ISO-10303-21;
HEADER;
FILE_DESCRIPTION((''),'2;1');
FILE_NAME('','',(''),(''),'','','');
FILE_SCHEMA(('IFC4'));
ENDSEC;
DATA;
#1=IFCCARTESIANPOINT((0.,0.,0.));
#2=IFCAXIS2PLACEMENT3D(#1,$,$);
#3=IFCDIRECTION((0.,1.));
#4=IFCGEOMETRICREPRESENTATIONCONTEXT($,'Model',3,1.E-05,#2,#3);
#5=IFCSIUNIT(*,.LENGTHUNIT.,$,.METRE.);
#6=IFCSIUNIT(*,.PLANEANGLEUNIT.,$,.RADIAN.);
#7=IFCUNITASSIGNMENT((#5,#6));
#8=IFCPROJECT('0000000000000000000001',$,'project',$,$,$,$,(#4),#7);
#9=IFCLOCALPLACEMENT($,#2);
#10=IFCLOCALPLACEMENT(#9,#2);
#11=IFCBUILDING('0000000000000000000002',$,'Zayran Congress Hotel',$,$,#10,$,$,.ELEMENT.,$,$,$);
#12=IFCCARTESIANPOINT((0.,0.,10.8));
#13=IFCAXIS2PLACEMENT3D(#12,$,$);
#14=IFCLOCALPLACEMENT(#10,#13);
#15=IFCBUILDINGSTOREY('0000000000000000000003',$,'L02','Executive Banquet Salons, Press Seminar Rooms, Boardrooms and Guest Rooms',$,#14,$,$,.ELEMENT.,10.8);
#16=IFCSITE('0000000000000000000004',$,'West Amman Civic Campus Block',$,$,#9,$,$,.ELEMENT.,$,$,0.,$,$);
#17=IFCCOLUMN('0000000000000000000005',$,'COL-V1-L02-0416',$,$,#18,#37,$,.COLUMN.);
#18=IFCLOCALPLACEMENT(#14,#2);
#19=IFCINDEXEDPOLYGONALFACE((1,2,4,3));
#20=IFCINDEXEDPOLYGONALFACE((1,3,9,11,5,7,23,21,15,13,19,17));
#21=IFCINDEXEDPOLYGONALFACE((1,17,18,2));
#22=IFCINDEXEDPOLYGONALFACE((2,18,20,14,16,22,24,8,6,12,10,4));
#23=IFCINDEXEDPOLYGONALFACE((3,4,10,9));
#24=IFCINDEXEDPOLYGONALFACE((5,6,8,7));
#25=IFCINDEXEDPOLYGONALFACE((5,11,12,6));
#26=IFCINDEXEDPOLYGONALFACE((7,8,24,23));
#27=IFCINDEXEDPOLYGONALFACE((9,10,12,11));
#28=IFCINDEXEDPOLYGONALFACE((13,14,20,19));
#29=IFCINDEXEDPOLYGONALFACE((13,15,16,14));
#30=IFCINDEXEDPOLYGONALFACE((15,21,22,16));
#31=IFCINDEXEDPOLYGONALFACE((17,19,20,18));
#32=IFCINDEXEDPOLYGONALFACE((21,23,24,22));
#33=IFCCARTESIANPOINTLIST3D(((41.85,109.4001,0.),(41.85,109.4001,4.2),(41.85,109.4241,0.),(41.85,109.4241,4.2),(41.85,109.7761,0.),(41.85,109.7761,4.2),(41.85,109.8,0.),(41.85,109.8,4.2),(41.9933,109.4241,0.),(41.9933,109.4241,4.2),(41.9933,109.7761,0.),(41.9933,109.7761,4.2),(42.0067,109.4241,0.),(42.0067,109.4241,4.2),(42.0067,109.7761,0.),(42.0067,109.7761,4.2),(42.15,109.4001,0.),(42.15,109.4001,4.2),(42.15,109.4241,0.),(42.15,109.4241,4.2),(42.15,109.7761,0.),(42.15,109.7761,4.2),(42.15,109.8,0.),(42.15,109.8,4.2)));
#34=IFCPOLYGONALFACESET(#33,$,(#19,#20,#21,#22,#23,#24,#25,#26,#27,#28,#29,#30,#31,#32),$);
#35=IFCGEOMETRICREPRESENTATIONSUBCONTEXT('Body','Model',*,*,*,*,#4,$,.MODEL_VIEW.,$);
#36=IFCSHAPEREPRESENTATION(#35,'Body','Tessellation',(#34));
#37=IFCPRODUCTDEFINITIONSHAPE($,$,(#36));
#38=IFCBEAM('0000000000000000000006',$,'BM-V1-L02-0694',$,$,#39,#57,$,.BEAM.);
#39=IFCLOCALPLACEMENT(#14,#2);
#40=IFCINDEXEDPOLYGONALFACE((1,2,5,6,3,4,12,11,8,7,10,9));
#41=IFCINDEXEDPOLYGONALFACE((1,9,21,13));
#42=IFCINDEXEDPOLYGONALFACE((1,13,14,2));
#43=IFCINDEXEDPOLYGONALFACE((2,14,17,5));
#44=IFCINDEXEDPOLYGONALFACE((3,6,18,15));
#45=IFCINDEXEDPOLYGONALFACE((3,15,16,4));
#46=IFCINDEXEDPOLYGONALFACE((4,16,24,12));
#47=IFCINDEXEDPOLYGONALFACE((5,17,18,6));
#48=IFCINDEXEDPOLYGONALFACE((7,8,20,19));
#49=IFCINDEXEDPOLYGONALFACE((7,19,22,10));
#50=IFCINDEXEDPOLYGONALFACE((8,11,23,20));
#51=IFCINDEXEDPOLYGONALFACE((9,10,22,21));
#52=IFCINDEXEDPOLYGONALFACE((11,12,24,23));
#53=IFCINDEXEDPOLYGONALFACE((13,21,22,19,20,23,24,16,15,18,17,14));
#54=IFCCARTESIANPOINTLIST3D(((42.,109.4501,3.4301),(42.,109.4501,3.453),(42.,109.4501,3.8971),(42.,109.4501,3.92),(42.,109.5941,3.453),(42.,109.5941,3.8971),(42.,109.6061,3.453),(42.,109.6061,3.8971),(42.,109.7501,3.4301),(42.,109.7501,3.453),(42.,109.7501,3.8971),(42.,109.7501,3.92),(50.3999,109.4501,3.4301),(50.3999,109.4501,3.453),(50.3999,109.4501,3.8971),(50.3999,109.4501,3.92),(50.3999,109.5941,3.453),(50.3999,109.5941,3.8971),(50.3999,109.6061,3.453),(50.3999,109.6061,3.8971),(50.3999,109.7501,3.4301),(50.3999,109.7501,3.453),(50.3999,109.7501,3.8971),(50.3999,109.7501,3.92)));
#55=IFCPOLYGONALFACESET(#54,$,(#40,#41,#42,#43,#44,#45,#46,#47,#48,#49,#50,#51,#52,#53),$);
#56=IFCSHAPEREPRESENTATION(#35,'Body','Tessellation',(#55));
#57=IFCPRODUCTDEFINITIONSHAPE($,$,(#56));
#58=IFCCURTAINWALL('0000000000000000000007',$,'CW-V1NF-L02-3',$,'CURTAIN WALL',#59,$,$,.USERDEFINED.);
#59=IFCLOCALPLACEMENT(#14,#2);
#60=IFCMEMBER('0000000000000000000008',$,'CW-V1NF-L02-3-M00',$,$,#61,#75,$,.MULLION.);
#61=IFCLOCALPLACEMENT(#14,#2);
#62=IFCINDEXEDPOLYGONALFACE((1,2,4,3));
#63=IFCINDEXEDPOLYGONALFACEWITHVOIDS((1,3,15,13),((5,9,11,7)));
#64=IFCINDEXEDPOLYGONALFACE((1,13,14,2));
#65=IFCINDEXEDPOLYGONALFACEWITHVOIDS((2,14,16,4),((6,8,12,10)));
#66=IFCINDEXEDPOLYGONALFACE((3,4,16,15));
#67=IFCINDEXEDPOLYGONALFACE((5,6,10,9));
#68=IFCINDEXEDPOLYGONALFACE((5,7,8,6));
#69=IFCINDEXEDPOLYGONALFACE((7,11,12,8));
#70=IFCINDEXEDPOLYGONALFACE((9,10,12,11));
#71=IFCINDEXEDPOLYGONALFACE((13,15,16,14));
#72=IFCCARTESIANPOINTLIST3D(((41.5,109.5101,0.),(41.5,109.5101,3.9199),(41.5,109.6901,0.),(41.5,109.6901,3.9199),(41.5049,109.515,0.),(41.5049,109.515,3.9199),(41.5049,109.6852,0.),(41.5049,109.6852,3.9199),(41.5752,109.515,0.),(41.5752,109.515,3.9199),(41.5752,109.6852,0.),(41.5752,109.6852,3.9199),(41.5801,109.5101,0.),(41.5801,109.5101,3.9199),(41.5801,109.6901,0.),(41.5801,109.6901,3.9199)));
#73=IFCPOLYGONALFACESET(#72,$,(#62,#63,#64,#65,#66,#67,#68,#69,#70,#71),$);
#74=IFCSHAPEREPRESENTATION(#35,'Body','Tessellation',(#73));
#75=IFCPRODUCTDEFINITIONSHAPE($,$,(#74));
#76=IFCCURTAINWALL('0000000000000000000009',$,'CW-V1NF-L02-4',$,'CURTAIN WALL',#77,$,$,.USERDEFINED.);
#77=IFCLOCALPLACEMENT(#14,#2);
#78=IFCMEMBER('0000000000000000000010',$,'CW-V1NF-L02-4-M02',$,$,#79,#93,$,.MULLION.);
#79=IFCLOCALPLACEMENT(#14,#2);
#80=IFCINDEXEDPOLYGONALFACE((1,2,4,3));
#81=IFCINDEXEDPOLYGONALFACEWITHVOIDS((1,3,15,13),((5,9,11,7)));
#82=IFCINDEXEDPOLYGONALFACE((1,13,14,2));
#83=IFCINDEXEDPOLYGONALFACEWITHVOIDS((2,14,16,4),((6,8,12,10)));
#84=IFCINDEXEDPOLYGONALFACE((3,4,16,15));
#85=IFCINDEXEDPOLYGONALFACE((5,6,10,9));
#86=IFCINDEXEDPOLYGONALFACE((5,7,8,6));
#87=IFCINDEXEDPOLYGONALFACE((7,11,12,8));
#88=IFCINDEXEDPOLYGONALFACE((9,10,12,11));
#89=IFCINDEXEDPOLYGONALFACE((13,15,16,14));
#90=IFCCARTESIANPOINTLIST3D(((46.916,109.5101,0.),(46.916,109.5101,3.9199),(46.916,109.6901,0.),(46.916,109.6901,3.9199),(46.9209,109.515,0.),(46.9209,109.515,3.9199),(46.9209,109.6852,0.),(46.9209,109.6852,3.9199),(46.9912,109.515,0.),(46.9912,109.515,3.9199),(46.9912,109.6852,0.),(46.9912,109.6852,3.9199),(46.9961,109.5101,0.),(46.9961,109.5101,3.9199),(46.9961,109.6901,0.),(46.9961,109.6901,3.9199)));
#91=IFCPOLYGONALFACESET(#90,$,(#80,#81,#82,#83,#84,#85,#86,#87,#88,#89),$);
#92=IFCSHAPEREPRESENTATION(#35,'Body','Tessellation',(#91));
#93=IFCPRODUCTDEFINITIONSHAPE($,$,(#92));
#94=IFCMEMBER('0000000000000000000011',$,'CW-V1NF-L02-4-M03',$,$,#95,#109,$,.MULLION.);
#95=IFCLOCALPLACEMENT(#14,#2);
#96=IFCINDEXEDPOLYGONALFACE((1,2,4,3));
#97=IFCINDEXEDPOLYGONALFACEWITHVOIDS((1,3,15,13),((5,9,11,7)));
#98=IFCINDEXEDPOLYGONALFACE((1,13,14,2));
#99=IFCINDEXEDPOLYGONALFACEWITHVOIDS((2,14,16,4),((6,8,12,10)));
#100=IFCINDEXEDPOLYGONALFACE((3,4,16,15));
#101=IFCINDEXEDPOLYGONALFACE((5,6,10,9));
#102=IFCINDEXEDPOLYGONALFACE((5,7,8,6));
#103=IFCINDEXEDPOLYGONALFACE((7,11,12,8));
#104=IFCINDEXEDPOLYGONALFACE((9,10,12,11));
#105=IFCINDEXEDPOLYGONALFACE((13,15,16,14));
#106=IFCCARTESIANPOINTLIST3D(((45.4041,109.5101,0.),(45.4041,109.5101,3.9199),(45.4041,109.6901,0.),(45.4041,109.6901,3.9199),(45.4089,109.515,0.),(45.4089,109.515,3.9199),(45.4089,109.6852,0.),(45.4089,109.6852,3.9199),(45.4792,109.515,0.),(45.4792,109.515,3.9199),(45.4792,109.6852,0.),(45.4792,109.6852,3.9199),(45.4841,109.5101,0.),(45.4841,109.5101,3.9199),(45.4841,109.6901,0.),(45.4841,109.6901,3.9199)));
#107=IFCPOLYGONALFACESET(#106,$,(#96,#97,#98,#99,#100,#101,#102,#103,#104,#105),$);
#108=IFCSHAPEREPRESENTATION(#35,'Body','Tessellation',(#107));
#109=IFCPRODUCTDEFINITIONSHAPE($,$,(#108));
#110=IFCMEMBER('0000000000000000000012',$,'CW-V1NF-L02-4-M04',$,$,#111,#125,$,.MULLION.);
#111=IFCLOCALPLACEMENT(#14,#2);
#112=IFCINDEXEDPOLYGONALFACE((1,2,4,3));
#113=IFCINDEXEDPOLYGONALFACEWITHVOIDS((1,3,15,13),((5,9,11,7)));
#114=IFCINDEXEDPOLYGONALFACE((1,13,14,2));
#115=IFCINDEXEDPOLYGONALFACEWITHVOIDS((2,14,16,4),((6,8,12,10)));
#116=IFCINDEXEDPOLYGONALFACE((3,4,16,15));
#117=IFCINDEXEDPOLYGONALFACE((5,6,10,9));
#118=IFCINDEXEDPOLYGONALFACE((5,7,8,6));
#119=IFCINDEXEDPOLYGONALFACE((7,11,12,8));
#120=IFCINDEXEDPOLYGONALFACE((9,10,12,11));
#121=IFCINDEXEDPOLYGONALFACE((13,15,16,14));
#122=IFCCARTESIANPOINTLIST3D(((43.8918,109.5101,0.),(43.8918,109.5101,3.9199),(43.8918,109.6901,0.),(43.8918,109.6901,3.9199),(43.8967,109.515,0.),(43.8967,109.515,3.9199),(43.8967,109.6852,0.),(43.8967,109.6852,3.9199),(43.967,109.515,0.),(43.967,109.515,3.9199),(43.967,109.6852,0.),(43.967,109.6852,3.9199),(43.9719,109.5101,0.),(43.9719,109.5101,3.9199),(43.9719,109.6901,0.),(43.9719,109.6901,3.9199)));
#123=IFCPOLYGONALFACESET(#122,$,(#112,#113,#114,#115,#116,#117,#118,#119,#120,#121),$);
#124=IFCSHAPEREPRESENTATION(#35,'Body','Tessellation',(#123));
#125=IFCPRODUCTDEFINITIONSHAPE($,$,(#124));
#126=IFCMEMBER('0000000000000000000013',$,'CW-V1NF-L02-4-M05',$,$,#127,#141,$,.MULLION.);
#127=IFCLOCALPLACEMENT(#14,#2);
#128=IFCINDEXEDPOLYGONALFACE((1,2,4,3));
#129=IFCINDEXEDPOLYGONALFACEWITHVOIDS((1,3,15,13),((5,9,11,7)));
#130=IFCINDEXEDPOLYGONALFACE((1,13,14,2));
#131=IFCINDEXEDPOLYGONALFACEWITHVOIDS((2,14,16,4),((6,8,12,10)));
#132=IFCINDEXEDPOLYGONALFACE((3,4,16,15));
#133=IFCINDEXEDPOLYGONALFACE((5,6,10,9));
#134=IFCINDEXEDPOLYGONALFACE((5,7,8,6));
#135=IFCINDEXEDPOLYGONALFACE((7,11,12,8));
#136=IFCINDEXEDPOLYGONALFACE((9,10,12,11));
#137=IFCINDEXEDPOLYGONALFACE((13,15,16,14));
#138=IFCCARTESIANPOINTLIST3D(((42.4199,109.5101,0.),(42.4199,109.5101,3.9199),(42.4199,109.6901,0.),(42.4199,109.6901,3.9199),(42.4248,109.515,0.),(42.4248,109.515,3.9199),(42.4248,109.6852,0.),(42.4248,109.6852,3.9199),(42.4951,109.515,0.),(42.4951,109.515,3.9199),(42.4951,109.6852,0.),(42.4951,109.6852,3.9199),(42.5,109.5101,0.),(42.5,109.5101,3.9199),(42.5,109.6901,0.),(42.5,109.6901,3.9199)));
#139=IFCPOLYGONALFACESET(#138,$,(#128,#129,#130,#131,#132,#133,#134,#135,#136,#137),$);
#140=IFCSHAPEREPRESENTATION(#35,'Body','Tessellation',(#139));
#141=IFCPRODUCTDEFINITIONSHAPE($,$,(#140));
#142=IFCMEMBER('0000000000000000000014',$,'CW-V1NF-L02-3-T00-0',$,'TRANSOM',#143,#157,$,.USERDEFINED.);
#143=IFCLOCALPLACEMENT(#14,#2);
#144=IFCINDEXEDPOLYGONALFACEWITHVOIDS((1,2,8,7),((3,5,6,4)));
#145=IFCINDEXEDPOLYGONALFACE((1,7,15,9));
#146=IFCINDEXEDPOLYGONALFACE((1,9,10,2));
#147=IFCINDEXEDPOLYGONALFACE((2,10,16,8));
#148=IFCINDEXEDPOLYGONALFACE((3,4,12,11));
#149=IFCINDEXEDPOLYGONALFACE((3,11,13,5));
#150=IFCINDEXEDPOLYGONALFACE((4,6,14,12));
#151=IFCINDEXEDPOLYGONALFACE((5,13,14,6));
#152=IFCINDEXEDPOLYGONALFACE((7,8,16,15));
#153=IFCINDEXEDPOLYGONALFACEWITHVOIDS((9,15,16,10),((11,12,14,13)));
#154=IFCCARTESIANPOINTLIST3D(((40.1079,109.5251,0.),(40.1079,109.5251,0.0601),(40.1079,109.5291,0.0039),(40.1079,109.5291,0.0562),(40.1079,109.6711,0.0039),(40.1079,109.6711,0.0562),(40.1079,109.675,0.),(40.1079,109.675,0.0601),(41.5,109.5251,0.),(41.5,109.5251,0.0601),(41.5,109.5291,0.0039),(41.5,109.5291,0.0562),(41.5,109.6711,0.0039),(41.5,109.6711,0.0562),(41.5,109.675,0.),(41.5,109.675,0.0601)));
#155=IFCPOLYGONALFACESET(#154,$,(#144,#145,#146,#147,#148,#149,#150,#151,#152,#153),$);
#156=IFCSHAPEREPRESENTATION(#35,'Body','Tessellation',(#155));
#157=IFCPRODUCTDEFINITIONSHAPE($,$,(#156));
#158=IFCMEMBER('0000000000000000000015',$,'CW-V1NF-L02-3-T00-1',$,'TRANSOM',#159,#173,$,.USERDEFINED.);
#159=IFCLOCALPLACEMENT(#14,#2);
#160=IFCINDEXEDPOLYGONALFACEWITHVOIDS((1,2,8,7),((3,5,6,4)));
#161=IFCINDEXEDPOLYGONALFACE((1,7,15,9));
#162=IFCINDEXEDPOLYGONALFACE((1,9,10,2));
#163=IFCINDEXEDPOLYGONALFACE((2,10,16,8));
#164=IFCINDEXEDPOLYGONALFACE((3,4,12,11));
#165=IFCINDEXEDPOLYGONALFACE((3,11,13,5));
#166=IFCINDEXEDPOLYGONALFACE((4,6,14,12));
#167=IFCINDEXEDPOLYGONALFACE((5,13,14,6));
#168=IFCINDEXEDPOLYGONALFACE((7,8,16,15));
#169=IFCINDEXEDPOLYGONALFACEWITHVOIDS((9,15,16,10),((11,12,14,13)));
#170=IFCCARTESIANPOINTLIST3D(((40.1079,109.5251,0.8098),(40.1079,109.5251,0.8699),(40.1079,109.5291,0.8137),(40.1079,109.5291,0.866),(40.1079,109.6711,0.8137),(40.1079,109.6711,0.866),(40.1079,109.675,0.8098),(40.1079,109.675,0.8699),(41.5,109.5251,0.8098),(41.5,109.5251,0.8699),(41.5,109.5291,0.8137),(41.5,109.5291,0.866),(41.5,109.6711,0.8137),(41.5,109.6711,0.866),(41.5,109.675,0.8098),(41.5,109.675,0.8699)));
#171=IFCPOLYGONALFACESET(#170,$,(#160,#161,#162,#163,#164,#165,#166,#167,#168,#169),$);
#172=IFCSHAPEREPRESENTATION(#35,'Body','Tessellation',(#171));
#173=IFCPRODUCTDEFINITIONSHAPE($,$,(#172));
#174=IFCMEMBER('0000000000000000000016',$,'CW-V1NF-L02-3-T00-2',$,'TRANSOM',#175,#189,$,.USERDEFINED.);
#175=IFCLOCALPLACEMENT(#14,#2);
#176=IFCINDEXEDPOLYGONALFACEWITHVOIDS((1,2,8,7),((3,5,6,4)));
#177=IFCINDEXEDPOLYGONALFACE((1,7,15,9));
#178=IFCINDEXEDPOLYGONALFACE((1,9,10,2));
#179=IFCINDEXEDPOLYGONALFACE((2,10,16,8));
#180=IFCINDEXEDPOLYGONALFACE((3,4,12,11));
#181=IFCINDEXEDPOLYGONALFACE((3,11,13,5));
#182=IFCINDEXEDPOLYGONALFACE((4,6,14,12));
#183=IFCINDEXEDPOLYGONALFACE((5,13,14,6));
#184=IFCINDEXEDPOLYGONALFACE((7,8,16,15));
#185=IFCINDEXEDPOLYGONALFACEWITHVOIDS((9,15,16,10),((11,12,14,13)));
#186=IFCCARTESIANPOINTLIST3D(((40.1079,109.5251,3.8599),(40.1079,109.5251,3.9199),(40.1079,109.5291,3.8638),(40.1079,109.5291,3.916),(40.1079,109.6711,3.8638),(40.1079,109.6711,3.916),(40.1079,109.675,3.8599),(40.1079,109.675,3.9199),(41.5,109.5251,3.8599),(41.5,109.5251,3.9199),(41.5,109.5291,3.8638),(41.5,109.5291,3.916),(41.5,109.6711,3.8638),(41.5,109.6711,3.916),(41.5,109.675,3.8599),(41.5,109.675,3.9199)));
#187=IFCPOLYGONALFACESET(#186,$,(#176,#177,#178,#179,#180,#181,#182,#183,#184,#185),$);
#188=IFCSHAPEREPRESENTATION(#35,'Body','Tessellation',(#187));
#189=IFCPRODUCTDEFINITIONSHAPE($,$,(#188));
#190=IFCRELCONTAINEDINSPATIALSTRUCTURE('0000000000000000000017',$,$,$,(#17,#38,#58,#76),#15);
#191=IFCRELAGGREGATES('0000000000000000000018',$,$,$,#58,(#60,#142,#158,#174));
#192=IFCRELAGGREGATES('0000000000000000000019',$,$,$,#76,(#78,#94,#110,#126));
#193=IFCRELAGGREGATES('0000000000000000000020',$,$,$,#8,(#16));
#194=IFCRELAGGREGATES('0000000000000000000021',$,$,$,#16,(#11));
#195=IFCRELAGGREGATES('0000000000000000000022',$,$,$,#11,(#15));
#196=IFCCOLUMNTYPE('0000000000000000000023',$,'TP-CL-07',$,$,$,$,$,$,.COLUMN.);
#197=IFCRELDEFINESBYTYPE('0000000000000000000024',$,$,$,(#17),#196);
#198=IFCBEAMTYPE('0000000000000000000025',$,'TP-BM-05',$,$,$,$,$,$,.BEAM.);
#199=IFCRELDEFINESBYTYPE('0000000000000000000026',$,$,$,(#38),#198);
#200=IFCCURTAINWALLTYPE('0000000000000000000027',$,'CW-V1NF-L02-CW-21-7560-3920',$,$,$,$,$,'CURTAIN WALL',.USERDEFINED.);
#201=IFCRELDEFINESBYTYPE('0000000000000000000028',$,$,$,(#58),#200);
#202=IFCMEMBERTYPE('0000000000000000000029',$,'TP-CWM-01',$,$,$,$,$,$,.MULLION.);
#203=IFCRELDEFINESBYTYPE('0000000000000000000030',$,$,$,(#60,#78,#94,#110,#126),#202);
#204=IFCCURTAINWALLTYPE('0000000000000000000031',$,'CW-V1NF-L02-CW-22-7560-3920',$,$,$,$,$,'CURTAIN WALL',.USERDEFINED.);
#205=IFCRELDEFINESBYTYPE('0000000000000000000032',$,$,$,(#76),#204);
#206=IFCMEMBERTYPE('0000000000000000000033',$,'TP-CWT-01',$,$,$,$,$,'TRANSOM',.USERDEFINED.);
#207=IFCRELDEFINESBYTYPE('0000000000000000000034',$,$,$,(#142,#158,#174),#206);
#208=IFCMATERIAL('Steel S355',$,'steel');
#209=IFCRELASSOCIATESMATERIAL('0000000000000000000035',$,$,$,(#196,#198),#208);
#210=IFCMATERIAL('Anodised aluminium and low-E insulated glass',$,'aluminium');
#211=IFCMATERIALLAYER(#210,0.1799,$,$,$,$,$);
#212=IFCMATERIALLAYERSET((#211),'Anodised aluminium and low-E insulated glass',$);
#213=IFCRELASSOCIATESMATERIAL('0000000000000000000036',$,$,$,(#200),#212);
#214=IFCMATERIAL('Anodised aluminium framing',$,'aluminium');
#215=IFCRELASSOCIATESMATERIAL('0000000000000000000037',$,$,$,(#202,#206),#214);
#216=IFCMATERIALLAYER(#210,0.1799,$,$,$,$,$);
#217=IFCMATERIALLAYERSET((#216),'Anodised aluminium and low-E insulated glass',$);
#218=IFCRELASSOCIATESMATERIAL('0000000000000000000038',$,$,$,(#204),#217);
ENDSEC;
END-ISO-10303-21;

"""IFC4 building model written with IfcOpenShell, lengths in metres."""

from ifc_helpers import new_model, si_unit, direction, frame, origin, origin_2d, place, context, subcontext, project, spatial, hollow_rectangle, i_section, extrude, material, layer, layer_set, material_profile, profile_set, type_object, element, aggregate, save


model = new_model("IFC4")

# Units and contexts
model_context = context("Model", 3, precision=1e-05, world=origin(), true_north=direction((0.0, 1.0)))
body_context = subcontext(model_context, "Body", "Model", "MODEL_VIEW")
ifc_project = project(units=[si_unit("LENGTHUNIT", "METRE"), si_unit("PLANEANGLEUNIT", "RADIAN")], contexts=[model_context])

# Site, building, storey
site_placement = place(None, origin())
site = spatial("IfcSite", under=ifc_project, at=site_placement, Name="West Amman Civic Campus Block", CompositionType="ELEMENT", RefElevation=0.0)
building_placement = place(site_placement, origin())
building = spatial("IfcBuilding", under=site, at=building_placement, Name="Zayran Congress Hotel", CompositionType="ELEMENT")
storey_placement = place(building_placement, frame((0.0, 0.0, 10.8)))
storey = spatial("IfcBuildingStorey", under=building, at=storey_placement, Name="L02", Description="Executive Banquet Salons, Press Seminar Rooms, Boardrooms and Guest Rooms", CompositionType="ELEMENT", Elevation=10.8)

# Column
ifc_material_1 = material(Name="Steel S355", Category="steel")
ifc_material_profile_1 = material_profile(ifc_material_1, i_section(OverallWidth=0.3, OverallDepth=0.3999, WebThickness=0.0134, FlangeThickness=0.0239, at=origin_2d()), Name="HEB 400")
ifc_profile_set_1 = profile_set([ifc_material_profile_1], Name="Steel S355")
column_type = type_object("IfcColumnType", Name="TP-CL-07", PredefinedType="COLUMN", material=ifc_profile_set_1)
column_placement = place(storey_placement, frame((42.0, 109.6001, 0.0), z_axis=(0.0, 0.0, 1.0), x_axis=(1.0, 0.0, 0.0)))
element("IfcColumn", 1, at=column_placement, inside=storey, type_object=column_type, Name="COL-V1-L02-0416", PredefinedType="COLUMN", context=body_context, shape_type="SweptSolid", body=[
    extrude(i_section(OverallWidth=0.3, OverallDepth=0.3999, WebThickness=0.0134, FlangeThickness=0.0239, at=origin_2d()), origin(), (0.0, 0.0, 1.0), 4.2),
])

# Beam
ifc_material_profile_2 = material_profile(ifc_material_1, i_section(OverallWidth=0.3, OverallDepth=0.49, WebThickness=0.012, FlangeThickness=0.0229, at=origin_2d()), Name="HEA 500")
ifc_profile_set_2 = profile_set([ifc_material_profile_2], Name="Steel S355")
beam_type = type_object("IfcBeamType", Name="TP-BM-05", PredefinedType="BEAM", material=ifc_profile_set_2)
beam_placement = place(storey_placement, frame((42.0, 109.6001, 3.675), z_axis=(1.0, 0.0, 0.0), x_axis=(0.0, 1.0, 0.0)))
element("IfcBeam", 2, at=beam_placement, inside=storey, type_object=beam_type, Name="BM-V1-L02-0694", PredefinedType="BEAM", context=body_context, shape_type="SweptSolid", body=[
    extrude(i_section(OverallWidth=0.3, OverallDepth=0.49, WebThickness=0.012, FlangeThickness=0.0229, at=origin_2d()), origin(), (0.0, 0.0, 1.0), 8.3999),
])

# Curtain wall, member
ifc_material_2 = material(Name="Anodised aluminium and low-E insulated glass", Category="aluminium")
ifc_layer_1 = layer(ifc_material_2, 0.1799)
ifc_layer_set_1 = layer_set([ifc_layer_1], Name="Anodised aluminium and low-E insulated glass")
curtain_wall_type_1 = type_object("IfcCurtainWallType", Name="CW-V1NF-L02-CW-21-7560-3920", ElementType="CURTAIN WALL", PredefinedType="USERDEFINED", material=ifc_layer_set_1)
curtain_wall_1_placement = place(storey_placement, origin())
curtain_wall_1 = element("IfcCurtainWall", 3, at=curtain_wall_1_placement, inside=storey, type_object=curtain_wall_type_1, Name="CW-V1NF-L02-3", ObjectType="CURTAIN WALL", PredefinedType="USERDEFINED")
ifc_material_3 = material(Name="Anodised aluminium framing", Category="aluminium")
ifc_material_profile_3 = material_profile(ifc_material_3, hollow_rectangle(XDim=0.0801, YDim=0.1799, WallThickness=0.0049, at=origin_2d()), Name="RHS 180x80x5")
ifc_profile_set_3 = profile_set([ifc_material_profile_3], Name="Anodised aluminium framing")
member_type_1 = type_object("IfcMemberType", Name="TP-CWM-01", PredefinedType="MULLION", material=ifc_profile_set_3)
member_1_placement = place(storey_placement, frame((41.54, 109.6001, 0.0), z_axis=(0.0, 0.0, 1.0), x_axis=(1.0, 0.0, 0.0)))
member_1 = element("IfcMember", 4, at=member_1_placement, type_object=member_type_1, Name="CW-V1NF-L02-3-M00", PredefinedType="MULLION", context=body_context, shape_type="SweptSolid", body=[
    extrude(hollow_rectangle(XDim=0.0801, YDim=0.1799, WallThickness=0.0049, at=origin_2d()), origin(), (0.0, 0.0, 1.0), 3.9199),
])

# Curtain wall, members
ifc_layer_2 = layer(ifc_material_2, 0.1799)
ifc_layer_set_2 = layer_set([ifc_layer_2], Name="Anodised aluminium and low-E insulated glass")
curtain_wall_type_2 = type_object("IfcCurtainWallType", Name="CW-V1NF-L02-CW-22-7560-3920", ElementType="CURTAIN WALL", PredefinedType="USERDEFINED", material=ifc_layer_set_2)
curtain_wall_2_placement = place(storey_placement, origin())
curtain_wall_2 = element("IfcCurtainWall", 5, at=curtain_wall_2_placement, inside=storey, type_object=curtain_wall_type_2, Name="CW-V1NF-L02-4", ObjectType="CURTAIN WALL", PredefinedType="USERDEFINED")
member_2_placement = place(storey_placement, frame((46.9561, 109.6001, 0.0), z_axis=(0.0, 0.0, 1.0), x_axis=(1.0, 0.0, 0.0)))
member_2 = element("IfcMember", 6, at=member_2_placement, type_object=member_type_1, Name="CW-V1NF-L02-4-M02", PredefinedType="MULLION", context=body_context, shape_type="SweptSolid", body=[
    extrude(hollow_rectangle(XDim=0.0801, YDim=0.1799, WallThickness=0.0049, at=origin_2d()), origin(), (0.0, 0.0, 1.0), 3.9199),
])
member_3_placement = place(storey_placement, frame((45.4441, 109.6001, 0.0), z_axis=(0.0, 0.0, 1.0), x_axis=(1.0, 0.0, 0.0)))
member_3 = element("IfcMember", 7, at=member_3_placement, type_object=member_type_1, Name="CW-V1NF-L02-4-M03", PredefinedType="MULLION", context=body_context, shape_type="SweptSolid", body=[
    extrude(hollow_rectangle(XDim=0.0801, YDim=0.1799, WallThickness=0.0049, at=origin_2d()), origin(), (0.0, 0.0, 1.0), 3.9199),
])
member_4_placement = place(storey_placement, frame((43.9319, 109.6001, 0.0), z_axis=(0.0, 0.0, 1.0), x_axis=(1.0, 0.0, 0.0)))
member_4 = element("IfcMember", 8, at=member_4_placement, type_object=member_type_1, Name="CW-V1NF-L02-4-M04", PredefinedType="MULLION", context=body_context, shape_type="SweptSolid", body=[
    extrude(hollow_rectangle(XDim=0.0801, YDim=0.1799, WallThickness=0.0049, at=origin_2d()), origin(), (0.0, 0.0, 1.0), 3.9199),
])
member_5_placement = place(storey_placement, frame((42.46, 109.6001, 0.0), z_axis=(0.0, 0.0, 1.0), x_axis=(1.0, 0.0, 0.0)))
member_5 = element("IfcMember", 9, at=member_5_placement, type_object=member_type_1, Name="CW-V1NF-L02-4-M05", PredefinedType="MULLION", context=body_context, shape_type="SweptSolid", body=[
    extrude(hollow_rectangle(XDim=0.0801, YDim=0.1799, WallThickness=0.0049, at=origin_2d()), origin(), (0.0, 0.0, 1.0), 3.9199),
])

# Members
ifc_material_profile_4 = material_profile(ifc_material_3, hollow_rectangle(XDim=0.0601, YDim=0.1499, WallThickness=0.0039, at=origin_2d()), Name="RHS 150x60x4")
ifc_profile_set_4 = profile_set([ifc_material_profile_4], Name="Anodised aluminium framing")
member_type_2 = type_object("IfcMemberType", Name="TP-CWT-01", ElementType="TRANSOM", PredefinedType="USERDEFINED", material=ifc_profile_set_4)
member_6_placement = place(storey_placement, frame((41.5, 109.6001, 0.03), z_axis=(-1.0, 0.0, 0.0), x_axis=(0.0, 0.0, 1.0)))
member_6 = element("IfcMember", 10, at=member_6_placement, type_object=member_type_2, Name="CW-V1NF-L02-3-T00-0", ObjectType="TRANSOM", PredefinedType="USERDEFINED", context=body_context, shape_type="SweptSolid", body=[
    extrude(hollow_rectangle(XDim=0.0601, YDim=0.1499, WallThickness=0.0039, at=origin_2d()), origin(), (0.0, 0.0, 1.0), 1.3921),
])
member_7_placement = place(storey_placement, frame((41.5, 109.6001, 0.8398), z_axis=(-1.0, 0.0, 0.0), x_axis=(0.0, 0.0, 1.0)))
member_7 = element("IfcMember", 11, at=member_7_placement, type_object=member_type_2, Name="CW-V1NF-L02-3-T00-1", ObjectType="TRANSOM", PredefinedType="USERDEFINED", context=body_context, shape_type="SweptSolid", body=[
    extrude(hollow_rectangle(XDim=0.0601, YDim=0.1499, WallThickness=0.0039, at=origin_2d()), origin(), (0.0, 0.0, 1.0), 1.3921),
])
member_8_placement = place(storey_placement, frame((41.5, 109.6001, 3.8899), z_axis=(-1.0, 0.0, 0.0), x_axis=(0.0, 0.0, 1.0)))
member_8 = element("IfcMember", 12, at=member_8_placement, type_object=member_type_2, Name="CW-V1NF-L02-3-T00-2", ObjectType="TRANSOM", PredefinedType="USERDEFINED", context=body_context, shape_type="SweptSolid", body=[
    extrude(hollow_rectangle(XDim=0.0601, YDim=0.1499, WallThickness=0.0039, at=origin_2d()), origin(), (0.0, 0.0, 1.0), 1.3921),
])

aggregate(curtain_wall_1, [member_1, member_6, member_7, member_8])
aggregate(curtain_wall_2, [member_2, member_3, member_4, member_5])

save(model, "model.ifc")
